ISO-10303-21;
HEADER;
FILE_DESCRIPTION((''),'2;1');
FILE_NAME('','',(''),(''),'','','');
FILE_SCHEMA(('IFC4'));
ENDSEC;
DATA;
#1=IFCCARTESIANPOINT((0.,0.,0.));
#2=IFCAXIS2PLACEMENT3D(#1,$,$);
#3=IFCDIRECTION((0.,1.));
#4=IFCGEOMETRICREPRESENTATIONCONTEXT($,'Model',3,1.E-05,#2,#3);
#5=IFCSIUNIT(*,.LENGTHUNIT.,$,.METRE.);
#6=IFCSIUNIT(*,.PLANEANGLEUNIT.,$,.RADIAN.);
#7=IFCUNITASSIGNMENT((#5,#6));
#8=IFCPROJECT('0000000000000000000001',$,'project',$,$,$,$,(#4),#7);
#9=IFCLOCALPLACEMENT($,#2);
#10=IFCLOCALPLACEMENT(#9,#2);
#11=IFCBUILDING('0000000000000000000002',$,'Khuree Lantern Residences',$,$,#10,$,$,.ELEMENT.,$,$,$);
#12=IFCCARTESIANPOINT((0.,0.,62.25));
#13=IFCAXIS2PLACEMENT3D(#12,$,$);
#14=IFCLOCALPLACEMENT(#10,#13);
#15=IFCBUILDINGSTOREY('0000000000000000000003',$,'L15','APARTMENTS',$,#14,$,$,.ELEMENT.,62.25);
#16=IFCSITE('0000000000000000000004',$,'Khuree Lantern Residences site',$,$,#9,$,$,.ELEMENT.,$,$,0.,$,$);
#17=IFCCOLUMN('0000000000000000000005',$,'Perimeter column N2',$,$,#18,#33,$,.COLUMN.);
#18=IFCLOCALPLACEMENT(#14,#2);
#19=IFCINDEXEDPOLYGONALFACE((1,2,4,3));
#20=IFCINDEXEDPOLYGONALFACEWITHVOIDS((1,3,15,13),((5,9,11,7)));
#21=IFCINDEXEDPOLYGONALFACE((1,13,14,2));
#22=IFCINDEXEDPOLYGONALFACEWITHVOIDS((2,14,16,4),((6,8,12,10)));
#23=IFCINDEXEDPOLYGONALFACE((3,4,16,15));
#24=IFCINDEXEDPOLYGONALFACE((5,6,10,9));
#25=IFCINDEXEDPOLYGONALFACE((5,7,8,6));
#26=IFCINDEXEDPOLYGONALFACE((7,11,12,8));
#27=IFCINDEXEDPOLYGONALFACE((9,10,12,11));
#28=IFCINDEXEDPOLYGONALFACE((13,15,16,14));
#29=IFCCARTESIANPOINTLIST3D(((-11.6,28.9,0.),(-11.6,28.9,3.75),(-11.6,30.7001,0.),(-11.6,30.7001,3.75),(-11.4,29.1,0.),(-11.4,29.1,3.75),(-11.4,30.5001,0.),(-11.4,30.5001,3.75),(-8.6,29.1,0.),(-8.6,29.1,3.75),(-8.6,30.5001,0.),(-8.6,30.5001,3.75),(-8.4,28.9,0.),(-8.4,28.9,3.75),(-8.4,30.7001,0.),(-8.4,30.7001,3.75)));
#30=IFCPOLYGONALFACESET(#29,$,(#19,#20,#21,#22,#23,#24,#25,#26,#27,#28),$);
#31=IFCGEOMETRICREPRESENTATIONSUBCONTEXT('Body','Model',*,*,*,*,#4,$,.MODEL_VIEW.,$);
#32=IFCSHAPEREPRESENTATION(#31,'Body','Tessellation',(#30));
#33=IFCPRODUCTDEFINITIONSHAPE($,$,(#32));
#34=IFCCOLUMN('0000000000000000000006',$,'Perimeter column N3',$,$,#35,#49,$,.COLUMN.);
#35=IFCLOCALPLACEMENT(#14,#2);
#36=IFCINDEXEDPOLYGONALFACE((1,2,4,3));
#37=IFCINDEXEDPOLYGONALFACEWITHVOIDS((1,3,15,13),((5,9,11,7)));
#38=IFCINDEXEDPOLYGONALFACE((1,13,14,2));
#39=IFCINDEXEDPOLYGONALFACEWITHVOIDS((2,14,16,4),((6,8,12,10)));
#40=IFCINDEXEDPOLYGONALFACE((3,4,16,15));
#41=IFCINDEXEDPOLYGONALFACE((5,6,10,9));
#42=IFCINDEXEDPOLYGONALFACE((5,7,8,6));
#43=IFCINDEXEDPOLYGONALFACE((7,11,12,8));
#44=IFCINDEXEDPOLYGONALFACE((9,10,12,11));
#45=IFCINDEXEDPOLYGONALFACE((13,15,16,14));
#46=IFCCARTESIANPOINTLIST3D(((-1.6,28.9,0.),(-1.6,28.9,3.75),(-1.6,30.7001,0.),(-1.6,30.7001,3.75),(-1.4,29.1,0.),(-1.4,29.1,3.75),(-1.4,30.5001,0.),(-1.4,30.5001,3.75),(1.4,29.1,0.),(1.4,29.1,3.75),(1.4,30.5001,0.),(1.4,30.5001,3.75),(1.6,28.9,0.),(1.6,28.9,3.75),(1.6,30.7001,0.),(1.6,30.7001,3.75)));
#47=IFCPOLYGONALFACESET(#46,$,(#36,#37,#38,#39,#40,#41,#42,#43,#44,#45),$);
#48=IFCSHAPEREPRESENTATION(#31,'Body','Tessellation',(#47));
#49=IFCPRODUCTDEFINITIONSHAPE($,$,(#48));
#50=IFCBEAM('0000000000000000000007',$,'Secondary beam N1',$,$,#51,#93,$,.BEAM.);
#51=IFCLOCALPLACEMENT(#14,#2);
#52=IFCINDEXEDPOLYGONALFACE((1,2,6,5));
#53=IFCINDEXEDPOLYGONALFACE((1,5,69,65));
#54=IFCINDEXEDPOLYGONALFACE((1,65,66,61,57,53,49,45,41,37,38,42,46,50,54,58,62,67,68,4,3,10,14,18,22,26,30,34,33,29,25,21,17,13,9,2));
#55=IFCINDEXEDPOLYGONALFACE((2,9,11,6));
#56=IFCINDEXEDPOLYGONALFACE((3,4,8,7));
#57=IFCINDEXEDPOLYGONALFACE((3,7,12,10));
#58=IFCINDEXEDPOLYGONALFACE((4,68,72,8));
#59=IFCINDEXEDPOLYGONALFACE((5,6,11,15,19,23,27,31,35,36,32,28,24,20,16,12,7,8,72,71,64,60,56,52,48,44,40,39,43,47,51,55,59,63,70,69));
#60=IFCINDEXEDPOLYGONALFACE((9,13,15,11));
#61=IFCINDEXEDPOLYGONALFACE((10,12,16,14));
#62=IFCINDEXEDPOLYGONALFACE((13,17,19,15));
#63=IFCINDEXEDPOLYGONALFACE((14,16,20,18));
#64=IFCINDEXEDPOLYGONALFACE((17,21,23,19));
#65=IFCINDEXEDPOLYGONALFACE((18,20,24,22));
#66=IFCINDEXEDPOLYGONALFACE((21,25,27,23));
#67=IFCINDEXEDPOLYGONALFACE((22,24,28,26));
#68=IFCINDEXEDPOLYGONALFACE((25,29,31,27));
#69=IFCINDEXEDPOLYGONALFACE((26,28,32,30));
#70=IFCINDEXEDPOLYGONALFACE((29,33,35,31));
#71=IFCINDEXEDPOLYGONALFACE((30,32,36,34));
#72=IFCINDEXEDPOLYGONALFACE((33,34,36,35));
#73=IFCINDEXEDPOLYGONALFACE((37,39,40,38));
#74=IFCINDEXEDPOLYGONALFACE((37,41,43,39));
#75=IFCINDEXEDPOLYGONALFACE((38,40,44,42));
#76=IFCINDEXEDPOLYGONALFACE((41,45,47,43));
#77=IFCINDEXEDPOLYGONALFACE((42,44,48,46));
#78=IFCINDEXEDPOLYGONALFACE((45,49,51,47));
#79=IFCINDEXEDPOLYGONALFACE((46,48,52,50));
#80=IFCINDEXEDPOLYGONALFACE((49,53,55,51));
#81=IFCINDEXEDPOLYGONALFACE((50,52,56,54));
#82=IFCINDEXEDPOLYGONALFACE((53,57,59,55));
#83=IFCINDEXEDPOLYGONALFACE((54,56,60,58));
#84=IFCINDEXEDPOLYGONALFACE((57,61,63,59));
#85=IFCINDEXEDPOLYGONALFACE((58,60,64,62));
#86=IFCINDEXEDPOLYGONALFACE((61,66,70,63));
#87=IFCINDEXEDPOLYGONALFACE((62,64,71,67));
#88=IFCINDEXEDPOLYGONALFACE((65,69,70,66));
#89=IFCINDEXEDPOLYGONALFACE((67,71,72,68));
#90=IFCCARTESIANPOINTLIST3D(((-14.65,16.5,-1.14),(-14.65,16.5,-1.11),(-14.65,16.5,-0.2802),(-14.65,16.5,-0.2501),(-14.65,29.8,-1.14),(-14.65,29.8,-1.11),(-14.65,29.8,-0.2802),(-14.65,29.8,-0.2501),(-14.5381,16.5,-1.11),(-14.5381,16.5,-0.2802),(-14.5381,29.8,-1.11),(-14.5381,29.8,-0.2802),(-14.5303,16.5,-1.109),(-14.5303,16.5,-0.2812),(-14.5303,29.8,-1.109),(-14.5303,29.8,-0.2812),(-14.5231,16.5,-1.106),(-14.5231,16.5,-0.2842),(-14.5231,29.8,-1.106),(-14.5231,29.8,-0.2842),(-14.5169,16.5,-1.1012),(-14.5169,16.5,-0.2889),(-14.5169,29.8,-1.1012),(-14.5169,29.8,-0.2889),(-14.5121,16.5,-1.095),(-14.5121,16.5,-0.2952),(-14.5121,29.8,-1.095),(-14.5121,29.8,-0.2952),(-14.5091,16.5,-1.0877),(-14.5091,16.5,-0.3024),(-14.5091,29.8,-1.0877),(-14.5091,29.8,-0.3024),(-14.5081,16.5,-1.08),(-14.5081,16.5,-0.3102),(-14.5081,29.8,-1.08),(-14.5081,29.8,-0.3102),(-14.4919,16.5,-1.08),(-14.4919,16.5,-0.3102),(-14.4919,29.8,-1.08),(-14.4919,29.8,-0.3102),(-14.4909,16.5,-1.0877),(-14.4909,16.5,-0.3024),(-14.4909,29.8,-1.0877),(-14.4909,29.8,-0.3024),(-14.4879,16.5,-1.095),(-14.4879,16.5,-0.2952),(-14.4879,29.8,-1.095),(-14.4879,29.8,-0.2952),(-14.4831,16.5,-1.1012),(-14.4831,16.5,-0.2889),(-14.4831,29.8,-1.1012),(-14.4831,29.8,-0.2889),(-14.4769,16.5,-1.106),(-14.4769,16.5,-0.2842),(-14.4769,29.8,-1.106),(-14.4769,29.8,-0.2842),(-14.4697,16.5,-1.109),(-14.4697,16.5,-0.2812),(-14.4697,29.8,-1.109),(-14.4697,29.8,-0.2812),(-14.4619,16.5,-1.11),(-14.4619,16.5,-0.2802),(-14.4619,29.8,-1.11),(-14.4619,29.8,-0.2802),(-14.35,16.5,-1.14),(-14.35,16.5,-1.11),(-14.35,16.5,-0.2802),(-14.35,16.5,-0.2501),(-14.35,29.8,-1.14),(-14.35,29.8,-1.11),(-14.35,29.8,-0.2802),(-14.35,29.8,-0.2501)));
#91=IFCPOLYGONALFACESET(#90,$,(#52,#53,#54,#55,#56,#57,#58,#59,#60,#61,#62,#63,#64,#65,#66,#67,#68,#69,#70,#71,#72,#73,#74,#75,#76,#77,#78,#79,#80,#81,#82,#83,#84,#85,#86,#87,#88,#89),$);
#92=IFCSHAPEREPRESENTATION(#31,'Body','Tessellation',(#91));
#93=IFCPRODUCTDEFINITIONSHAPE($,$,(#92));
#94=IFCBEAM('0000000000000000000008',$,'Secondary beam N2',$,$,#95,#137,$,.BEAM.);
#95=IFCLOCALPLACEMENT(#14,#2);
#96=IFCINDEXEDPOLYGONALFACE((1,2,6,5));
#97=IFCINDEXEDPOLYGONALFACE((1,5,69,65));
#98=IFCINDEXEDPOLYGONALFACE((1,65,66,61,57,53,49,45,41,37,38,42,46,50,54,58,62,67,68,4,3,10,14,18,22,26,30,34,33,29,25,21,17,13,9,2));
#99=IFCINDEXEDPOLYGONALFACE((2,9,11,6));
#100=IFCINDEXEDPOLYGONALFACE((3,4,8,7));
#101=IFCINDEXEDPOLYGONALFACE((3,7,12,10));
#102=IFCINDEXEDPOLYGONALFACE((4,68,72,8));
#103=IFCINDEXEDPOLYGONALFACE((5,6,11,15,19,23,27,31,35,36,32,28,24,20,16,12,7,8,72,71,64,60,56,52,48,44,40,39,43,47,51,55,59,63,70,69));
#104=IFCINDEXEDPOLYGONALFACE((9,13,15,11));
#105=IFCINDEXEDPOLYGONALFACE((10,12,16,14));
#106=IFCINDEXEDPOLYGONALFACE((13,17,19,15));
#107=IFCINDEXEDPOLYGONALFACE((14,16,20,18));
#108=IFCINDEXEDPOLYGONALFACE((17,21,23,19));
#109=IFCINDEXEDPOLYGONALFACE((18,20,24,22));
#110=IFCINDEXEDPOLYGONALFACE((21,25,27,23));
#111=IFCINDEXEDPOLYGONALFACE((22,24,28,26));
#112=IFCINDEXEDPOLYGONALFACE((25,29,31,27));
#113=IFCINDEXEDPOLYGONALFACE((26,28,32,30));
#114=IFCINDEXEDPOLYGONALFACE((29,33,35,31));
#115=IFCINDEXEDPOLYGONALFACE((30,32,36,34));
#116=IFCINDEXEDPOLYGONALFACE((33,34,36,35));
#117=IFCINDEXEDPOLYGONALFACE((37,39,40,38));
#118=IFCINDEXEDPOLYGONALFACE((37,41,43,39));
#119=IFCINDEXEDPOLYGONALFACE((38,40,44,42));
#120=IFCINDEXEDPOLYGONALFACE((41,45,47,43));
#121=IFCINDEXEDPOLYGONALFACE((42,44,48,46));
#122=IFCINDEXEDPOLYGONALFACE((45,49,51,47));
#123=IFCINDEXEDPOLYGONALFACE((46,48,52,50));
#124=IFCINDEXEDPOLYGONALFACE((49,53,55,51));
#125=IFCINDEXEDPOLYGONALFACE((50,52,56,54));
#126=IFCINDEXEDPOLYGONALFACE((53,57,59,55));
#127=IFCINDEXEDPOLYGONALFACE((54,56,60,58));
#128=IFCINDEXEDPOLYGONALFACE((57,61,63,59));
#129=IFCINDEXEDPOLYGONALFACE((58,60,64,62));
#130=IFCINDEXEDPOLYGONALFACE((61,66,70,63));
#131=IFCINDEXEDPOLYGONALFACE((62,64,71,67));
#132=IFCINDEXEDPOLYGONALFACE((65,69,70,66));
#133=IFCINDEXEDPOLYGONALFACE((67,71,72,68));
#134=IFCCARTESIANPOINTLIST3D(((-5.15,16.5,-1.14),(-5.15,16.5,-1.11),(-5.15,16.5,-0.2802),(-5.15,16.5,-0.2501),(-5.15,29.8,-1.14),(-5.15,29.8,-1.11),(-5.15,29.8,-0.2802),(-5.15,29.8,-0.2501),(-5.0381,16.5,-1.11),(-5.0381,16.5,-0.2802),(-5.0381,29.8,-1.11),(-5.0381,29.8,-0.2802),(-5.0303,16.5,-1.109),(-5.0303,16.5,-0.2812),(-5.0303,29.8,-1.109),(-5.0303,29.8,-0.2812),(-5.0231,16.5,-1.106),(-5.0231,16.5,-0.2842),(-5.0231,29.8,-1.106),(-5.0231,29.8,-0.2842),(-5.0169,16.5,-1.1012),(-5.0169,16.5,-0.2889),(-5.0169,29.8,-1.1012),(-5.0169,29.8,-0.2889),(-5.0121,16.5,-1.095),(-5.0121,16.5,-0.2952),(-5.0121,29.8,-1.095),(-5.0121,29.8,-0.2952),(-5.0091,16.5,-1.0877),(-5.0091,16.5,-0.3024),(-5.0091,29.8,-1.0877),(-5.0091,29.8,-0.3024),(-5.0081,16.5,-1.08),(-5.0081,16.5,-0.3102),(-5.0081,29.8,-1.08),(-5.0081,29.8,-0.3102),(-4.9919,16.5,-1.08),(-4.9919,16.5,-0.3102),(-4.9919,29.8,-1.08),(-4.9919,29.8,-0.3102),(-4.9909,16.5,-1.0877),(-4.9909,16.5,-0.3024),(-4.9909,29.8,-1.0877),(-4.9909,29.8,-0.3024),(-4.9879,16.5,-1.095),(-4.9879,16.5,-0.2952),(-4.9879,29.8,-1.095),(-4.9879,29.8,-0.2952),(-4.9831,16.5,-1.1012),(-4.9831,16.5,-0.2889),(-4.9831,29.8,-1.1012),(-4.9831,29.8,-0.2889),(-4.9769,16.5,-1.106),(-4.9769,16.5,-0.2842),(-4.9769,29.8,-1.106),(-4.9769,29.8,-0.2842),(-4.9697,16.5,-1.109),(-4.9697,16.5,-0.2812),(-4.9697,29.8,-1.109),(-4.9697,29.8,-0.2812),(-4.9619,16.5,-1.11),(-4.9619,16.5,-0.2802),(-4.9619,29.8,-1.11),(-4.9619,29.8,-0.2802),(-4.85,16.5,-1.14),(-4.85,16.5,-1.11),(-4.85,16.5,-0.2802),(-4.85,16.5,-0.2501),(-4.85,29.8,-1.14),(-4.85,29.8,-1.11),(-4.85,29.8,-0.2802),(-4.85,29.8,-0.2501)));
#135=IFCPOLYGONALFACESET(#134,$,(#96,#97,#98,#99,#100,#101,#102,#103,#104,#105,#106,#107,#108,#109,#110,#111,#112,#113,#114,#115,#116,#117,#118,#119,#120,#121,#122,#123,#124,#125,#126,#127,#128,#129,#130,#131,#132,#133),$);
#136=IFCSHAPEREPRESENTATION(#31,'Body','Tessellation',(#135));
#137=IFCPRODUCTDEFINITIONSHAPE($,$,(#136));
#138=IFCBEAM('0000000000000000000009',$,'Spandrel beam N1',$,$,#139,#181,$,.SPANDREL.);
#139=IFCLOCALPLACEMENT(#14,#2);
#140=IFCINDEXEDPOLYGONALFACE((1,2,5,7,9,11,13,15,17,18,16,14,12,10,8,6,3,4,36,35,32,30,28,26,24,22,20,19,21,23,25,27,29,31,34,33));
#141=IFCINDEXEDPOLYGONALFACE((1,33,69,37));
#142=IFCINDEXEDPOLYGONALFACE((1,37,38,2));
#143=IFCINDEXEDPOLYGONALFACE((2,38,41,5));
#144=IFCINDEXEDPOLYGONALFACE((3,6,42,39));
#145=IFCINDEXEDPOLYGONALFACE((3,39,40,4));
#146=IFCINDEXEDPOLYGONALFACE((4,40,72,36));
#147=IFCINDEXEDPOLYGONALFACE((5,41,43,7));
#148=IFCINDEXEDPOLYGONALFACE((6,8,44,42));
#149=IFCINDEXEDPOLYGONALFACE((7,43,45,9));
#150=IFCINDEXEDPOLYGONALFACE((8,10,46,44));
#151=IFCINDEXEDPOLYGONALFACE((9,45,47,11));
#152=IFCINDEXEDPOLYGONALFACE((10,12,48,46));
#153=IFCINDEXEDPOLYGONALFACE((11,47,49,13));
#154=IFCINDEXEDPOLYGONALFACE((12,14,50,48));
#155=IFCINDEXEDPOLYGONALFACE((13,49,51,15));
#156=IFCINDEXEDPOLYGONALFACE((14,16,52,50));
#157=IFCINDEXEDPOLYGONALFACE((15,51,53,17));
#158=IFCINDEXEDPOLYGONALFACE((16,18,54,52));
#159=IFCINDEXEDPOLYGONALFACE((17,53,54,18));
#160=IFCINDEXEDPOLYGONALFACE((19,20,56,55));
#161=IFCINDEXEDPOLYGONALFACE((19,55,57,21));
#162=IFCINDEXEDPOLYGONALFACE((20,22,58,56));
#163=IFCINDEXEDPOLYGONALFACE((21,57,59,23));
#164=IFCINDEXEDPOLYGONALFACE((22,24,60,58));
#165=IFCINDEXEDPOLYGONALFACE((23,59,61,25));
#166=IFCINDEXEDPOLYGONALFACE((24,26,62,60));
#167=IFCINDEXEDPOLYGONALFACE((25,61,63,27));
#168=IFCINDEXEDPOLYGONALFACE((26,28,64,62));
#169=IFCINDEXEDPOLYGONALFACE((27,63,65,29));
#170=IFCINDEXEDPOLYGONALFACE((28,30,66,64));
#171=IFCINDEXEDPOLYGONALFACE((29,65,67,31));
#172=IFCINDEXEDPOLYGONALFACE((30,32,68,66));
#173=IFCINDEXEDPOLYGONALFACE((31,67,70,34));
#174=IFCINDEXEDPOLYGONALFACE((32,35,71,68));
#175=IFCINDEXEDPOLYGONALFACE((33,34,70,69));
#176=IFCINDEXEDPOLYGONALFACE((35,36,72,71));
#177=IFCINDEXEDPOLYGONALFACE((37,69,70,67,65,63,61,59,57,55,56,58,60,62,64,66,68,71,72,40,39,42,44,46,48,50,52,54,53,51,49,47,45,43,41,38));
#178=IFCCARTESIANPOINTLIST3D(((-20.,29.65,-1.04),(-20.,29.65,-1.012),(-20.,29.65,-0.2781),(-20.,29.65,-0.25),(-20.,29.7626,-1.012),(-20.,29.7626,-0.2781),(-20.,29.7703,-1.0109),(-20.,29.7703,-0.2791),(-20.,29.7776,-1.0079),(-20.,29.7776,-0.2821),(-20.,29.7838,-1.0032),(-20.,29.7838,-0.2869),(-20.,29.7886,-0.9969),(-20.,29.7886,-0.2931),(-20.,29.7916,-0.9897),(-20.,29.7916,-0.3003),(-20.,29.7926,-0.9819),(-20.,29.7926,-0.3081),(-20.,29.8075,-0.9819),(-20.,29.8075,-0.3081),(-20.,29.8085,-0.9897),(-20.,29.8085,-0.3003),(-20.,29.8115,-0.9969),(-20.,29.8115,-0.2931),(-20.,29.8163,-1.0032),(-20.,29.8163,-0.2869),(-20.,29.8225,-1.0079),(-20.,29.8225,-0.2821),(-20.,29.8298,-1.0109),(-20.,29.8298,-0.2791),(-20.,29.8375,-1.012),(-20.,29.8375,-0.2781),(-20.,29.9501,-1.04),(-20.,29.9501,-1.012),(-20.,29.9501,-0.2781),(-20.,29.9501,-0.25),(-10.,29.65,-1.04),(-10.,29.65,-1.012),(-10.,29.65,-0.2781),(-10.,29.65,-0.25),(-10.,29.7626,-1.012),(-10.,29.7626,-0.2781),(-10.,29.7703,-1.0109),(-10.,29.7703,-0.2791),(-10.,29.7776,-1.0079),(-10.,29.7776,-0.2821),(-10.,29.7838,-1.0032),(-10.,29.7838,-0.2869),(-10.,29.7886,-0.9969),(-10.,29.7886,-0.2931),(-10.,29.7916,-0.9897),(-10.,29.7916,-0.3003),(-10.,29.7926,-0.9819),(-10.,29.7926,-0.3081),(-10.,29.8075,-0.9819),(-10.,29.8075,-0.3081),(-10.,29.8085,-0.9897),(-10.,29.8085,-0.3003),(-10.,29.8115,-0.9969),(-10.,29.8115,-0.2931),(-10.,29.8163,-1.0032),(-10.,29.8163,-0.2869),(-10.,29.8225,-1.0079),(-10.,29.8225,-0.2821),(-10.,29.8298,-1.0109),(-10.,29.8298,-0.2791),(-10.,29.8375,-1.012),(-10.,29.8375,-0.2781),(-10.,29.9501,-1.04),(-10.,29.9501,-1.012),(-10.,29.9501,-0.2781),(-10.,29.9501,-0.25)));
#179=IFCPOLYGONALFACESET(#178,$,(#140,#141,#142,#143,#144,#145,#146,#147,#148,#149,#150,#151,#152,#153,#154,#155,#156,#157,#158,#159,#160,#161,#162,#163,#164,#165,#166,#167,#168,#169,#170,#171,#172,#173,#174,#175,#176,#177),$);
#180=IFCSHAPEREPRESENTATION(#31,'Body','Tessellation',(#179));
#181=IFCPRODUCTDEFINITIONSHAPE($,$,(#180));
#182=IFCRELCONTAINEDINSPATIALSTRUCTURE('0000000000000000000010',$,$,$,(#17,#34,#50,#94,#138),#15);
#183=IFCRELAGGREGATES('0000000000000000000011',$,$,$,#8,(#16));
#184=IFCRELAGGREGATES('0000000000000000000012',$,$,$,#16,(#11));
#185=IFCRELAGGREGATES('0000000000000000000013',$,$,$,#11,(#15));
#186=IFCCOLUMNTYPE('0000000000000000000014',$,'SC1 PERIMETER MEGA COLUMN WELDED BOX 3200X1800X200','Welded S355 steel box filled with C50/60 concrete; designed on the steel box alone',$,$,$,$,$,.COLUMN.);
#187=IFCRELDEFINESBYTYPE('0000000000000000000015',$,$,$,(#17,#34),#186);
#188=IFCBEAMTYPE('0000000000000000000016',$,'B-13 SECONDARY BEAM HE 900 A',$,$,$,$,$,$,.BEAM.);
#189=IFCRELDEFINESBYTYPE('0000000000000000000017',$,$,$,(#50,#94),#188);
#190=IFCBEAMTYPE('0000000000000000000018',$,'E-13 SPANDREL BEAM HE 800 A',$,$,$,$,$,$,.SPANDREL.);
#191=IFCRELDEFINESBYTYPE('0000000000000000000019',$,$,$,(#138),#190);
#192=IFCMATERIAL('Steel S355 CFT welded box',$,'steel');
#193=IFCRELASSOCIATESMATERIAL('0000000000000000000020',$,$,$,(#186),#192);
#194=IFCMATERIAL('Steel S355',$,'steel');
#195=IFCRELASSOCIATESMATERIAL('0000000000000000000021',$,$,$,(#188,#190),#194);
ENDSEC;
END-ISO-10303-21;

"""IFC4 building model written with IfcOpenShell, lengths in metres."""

from ifc_helpers import new_model, si_unit, direction, frame, origin, origin_2d, place, context, subcontext, project, spatial, hollow_rectangle, i_section, extrude, material, material_profile, profile_set, type_object, element, save


model = new_model("IFC4")

# Units and contexts
model_context = context("Model", 3, precision=1e-05, world=origin(), true_north=direction((0.0, 1.0)))
body_context = subcontext(model_context, "Body", "Model", "MODEL_VIEW")
ifc_project = project(units=[si_unit("LENGTHUNIT", "METRE"), si_unit("PLANEANGLEUNIT", "RADIAN")], contexts=[model_context])

# Site, building, storey
site_placement = place(None, origin())
site = spatial("IfcSite", under=ifc_project, at=site_placement, Name="Khuree Lantern Residences site", CompositionType="ELEMENT", RefElevation=0.0)
building_placement = place(site_placement, origin())
building = spatial("IfcBuilding", under=site, at=building_placement, Name="Khuree Lantern Residences", CompositionType="ELEMENT")
storey_placement = place(building_placement, frame((0.0, 0.0, 62.25)))
storey = spatial("IfcBuildingStorey", under=building, at=storey_placement, Name="L15", Description="APARTMENTS", CompositionType="ELEMENT", Elevation=62.25)

# Columns
ifc_material_1 = material(Name="Steel S355 CFT welded box", Category="steel")
ifc_material_profile_1 = material_profile(ifc_material_1, hollow_rectangle(XDim=3.2, YDim=1.8, WallThickness=0.2, at=origin_2d()), Name="WELDED BOX 3200X1800X200")
ifc_profile_set_1 = profile_set([ifc_material_profile_1], Name="Steel S355 CFT welded box")
column_type = type_object("IfcColumnType", Name="SC1 PERIMETER MEGA COLUMN WELDED BOX 3200X1800X200", Description="Welded S355 steel box filled with C50/60 concrete; designed on the steel box alone", PredefinedType="COLUMN", material=ifc_profile_set_1)
for number, where, z_axis, x_axis, name in (
    (1, (-10.0, 29.8, 0.0), (0.0, 0.0, 1.0), (1.0, 0.0, 0.0), "Perimeter column N2"),
    (2, (0.0, 29.8, 0.0), (0.0, 0.0, 1.0), (1.0, 0.0, 0.0), "Perimeter column N3"),
):
    element("IfcColumn", number, at=place(storey_placement, frame(where, z_axis=z_axis, x_axis=x_axis)), inside=storey, type_object=column_type, Name=name, PredefinedType="COLUMN", context=body_context, shape_type="SweptSolid", body=[
        extrude(hollow_rectangle(XDim=3.2, YDim=1.8, WallThickness=0.2, at=origin_2d()), origin(), (0.0, 0.0, 1.0), 3.75),
    ])

# Beams
ifc_material_2 = material(Name="Steel S355", Category="steel")
ifc_material_profile_2 = material_profile(ifc_material_2, i_section(OverallWidth=0.3, OverallDepth=0.8899, WebThickness=0.0161, FlangeThickness=0.03, FilletRadius=0.03, at=origin_2d()), Name="HE 900 A")
ifc_profile_set_2 = profile_set([ifc_material_profile_2], Name="Steel S355")
beam_type_1 = type_object("IfcBeamType", Name="B-13 SECONDARY BEAM HE 900 A", PredefinedType="BEAM", material=ifc_profile_set_2)
for number, where, z_axis, x_axis, name in (
    (3, (-14.5, 29.8, -0.6951), (0.0, -1.0, 0.0), (1.0, 0.0, 0.0), "Secondary beam N1"),
    (4, (-5.0, 29.8, -0.6951), (0.0, -1.0, 0.0), (1.0, 0.0, 0.0), "Secondary beam N2"),
):
    element("IfcBeam", number, at=place(storey_placement, frame(where, z_axis=z_axis, x_axis=x_axis)), inside=storey, type_object=beam_type_1, Name=name, PredefinedType="BEAM", context=body_context, shape_type="SweptSolid", body=[
        extrude(i_section(OverallWidth=0.3, OverallDepth=0.8899, WebThickness=0.0161, FlangeThickness=0.03, FilletRadius=0.03, at=origin_2d()), origin(), (0.0, 0.0, 1.0), 13.3),
    ])
ifc_material_profile_3 = material_profile(ifc_material_2, i_section(OverallWidth=0.3, OverallDepth=0.79, WebThickness=0.0149, FlangeThickness=0.0281, FilletRadius=0.03, at=origin_2d()), Name="HE 800 A")
ifc_profile_set_3 = profile_set([ifc_material_profile_3], Name="Steel S355")
beam_type_2 = type_object("IfcBeamType", Name="E-13 SPANDREL BEAM HE 800 A", PredefinedType="SPANDREL", material=ifc_profile_set_3)
for number, where, z_axis, x_axis, name in (
    (5, (-20.0, 29.8, -0.645), (1.0, 0.0, 0.0), (0.0, 1.0, 0.0), "Spandrel beam N1"),
):
    element("IfcBeam", number, at=place(storey_placement, frame(where, z_axis=z_axis, x_axis=x_axis)), inside=storey, type_object=beam_type_2, Name=name, PredefinedType="SPANDREL", context=body_context, shape_type="SweptSolid", body=[
        extrude(i_section(OverallWidth=0.3, OverallDepth=0.79, WebThickness=0.0149, FlangeThickness=0.0281, FilletRadius=0.03, at=origin_2d()), origin(), (0.0, 0.0, 1.0), 10.0),
    ])

save(model, "model.ifc")
